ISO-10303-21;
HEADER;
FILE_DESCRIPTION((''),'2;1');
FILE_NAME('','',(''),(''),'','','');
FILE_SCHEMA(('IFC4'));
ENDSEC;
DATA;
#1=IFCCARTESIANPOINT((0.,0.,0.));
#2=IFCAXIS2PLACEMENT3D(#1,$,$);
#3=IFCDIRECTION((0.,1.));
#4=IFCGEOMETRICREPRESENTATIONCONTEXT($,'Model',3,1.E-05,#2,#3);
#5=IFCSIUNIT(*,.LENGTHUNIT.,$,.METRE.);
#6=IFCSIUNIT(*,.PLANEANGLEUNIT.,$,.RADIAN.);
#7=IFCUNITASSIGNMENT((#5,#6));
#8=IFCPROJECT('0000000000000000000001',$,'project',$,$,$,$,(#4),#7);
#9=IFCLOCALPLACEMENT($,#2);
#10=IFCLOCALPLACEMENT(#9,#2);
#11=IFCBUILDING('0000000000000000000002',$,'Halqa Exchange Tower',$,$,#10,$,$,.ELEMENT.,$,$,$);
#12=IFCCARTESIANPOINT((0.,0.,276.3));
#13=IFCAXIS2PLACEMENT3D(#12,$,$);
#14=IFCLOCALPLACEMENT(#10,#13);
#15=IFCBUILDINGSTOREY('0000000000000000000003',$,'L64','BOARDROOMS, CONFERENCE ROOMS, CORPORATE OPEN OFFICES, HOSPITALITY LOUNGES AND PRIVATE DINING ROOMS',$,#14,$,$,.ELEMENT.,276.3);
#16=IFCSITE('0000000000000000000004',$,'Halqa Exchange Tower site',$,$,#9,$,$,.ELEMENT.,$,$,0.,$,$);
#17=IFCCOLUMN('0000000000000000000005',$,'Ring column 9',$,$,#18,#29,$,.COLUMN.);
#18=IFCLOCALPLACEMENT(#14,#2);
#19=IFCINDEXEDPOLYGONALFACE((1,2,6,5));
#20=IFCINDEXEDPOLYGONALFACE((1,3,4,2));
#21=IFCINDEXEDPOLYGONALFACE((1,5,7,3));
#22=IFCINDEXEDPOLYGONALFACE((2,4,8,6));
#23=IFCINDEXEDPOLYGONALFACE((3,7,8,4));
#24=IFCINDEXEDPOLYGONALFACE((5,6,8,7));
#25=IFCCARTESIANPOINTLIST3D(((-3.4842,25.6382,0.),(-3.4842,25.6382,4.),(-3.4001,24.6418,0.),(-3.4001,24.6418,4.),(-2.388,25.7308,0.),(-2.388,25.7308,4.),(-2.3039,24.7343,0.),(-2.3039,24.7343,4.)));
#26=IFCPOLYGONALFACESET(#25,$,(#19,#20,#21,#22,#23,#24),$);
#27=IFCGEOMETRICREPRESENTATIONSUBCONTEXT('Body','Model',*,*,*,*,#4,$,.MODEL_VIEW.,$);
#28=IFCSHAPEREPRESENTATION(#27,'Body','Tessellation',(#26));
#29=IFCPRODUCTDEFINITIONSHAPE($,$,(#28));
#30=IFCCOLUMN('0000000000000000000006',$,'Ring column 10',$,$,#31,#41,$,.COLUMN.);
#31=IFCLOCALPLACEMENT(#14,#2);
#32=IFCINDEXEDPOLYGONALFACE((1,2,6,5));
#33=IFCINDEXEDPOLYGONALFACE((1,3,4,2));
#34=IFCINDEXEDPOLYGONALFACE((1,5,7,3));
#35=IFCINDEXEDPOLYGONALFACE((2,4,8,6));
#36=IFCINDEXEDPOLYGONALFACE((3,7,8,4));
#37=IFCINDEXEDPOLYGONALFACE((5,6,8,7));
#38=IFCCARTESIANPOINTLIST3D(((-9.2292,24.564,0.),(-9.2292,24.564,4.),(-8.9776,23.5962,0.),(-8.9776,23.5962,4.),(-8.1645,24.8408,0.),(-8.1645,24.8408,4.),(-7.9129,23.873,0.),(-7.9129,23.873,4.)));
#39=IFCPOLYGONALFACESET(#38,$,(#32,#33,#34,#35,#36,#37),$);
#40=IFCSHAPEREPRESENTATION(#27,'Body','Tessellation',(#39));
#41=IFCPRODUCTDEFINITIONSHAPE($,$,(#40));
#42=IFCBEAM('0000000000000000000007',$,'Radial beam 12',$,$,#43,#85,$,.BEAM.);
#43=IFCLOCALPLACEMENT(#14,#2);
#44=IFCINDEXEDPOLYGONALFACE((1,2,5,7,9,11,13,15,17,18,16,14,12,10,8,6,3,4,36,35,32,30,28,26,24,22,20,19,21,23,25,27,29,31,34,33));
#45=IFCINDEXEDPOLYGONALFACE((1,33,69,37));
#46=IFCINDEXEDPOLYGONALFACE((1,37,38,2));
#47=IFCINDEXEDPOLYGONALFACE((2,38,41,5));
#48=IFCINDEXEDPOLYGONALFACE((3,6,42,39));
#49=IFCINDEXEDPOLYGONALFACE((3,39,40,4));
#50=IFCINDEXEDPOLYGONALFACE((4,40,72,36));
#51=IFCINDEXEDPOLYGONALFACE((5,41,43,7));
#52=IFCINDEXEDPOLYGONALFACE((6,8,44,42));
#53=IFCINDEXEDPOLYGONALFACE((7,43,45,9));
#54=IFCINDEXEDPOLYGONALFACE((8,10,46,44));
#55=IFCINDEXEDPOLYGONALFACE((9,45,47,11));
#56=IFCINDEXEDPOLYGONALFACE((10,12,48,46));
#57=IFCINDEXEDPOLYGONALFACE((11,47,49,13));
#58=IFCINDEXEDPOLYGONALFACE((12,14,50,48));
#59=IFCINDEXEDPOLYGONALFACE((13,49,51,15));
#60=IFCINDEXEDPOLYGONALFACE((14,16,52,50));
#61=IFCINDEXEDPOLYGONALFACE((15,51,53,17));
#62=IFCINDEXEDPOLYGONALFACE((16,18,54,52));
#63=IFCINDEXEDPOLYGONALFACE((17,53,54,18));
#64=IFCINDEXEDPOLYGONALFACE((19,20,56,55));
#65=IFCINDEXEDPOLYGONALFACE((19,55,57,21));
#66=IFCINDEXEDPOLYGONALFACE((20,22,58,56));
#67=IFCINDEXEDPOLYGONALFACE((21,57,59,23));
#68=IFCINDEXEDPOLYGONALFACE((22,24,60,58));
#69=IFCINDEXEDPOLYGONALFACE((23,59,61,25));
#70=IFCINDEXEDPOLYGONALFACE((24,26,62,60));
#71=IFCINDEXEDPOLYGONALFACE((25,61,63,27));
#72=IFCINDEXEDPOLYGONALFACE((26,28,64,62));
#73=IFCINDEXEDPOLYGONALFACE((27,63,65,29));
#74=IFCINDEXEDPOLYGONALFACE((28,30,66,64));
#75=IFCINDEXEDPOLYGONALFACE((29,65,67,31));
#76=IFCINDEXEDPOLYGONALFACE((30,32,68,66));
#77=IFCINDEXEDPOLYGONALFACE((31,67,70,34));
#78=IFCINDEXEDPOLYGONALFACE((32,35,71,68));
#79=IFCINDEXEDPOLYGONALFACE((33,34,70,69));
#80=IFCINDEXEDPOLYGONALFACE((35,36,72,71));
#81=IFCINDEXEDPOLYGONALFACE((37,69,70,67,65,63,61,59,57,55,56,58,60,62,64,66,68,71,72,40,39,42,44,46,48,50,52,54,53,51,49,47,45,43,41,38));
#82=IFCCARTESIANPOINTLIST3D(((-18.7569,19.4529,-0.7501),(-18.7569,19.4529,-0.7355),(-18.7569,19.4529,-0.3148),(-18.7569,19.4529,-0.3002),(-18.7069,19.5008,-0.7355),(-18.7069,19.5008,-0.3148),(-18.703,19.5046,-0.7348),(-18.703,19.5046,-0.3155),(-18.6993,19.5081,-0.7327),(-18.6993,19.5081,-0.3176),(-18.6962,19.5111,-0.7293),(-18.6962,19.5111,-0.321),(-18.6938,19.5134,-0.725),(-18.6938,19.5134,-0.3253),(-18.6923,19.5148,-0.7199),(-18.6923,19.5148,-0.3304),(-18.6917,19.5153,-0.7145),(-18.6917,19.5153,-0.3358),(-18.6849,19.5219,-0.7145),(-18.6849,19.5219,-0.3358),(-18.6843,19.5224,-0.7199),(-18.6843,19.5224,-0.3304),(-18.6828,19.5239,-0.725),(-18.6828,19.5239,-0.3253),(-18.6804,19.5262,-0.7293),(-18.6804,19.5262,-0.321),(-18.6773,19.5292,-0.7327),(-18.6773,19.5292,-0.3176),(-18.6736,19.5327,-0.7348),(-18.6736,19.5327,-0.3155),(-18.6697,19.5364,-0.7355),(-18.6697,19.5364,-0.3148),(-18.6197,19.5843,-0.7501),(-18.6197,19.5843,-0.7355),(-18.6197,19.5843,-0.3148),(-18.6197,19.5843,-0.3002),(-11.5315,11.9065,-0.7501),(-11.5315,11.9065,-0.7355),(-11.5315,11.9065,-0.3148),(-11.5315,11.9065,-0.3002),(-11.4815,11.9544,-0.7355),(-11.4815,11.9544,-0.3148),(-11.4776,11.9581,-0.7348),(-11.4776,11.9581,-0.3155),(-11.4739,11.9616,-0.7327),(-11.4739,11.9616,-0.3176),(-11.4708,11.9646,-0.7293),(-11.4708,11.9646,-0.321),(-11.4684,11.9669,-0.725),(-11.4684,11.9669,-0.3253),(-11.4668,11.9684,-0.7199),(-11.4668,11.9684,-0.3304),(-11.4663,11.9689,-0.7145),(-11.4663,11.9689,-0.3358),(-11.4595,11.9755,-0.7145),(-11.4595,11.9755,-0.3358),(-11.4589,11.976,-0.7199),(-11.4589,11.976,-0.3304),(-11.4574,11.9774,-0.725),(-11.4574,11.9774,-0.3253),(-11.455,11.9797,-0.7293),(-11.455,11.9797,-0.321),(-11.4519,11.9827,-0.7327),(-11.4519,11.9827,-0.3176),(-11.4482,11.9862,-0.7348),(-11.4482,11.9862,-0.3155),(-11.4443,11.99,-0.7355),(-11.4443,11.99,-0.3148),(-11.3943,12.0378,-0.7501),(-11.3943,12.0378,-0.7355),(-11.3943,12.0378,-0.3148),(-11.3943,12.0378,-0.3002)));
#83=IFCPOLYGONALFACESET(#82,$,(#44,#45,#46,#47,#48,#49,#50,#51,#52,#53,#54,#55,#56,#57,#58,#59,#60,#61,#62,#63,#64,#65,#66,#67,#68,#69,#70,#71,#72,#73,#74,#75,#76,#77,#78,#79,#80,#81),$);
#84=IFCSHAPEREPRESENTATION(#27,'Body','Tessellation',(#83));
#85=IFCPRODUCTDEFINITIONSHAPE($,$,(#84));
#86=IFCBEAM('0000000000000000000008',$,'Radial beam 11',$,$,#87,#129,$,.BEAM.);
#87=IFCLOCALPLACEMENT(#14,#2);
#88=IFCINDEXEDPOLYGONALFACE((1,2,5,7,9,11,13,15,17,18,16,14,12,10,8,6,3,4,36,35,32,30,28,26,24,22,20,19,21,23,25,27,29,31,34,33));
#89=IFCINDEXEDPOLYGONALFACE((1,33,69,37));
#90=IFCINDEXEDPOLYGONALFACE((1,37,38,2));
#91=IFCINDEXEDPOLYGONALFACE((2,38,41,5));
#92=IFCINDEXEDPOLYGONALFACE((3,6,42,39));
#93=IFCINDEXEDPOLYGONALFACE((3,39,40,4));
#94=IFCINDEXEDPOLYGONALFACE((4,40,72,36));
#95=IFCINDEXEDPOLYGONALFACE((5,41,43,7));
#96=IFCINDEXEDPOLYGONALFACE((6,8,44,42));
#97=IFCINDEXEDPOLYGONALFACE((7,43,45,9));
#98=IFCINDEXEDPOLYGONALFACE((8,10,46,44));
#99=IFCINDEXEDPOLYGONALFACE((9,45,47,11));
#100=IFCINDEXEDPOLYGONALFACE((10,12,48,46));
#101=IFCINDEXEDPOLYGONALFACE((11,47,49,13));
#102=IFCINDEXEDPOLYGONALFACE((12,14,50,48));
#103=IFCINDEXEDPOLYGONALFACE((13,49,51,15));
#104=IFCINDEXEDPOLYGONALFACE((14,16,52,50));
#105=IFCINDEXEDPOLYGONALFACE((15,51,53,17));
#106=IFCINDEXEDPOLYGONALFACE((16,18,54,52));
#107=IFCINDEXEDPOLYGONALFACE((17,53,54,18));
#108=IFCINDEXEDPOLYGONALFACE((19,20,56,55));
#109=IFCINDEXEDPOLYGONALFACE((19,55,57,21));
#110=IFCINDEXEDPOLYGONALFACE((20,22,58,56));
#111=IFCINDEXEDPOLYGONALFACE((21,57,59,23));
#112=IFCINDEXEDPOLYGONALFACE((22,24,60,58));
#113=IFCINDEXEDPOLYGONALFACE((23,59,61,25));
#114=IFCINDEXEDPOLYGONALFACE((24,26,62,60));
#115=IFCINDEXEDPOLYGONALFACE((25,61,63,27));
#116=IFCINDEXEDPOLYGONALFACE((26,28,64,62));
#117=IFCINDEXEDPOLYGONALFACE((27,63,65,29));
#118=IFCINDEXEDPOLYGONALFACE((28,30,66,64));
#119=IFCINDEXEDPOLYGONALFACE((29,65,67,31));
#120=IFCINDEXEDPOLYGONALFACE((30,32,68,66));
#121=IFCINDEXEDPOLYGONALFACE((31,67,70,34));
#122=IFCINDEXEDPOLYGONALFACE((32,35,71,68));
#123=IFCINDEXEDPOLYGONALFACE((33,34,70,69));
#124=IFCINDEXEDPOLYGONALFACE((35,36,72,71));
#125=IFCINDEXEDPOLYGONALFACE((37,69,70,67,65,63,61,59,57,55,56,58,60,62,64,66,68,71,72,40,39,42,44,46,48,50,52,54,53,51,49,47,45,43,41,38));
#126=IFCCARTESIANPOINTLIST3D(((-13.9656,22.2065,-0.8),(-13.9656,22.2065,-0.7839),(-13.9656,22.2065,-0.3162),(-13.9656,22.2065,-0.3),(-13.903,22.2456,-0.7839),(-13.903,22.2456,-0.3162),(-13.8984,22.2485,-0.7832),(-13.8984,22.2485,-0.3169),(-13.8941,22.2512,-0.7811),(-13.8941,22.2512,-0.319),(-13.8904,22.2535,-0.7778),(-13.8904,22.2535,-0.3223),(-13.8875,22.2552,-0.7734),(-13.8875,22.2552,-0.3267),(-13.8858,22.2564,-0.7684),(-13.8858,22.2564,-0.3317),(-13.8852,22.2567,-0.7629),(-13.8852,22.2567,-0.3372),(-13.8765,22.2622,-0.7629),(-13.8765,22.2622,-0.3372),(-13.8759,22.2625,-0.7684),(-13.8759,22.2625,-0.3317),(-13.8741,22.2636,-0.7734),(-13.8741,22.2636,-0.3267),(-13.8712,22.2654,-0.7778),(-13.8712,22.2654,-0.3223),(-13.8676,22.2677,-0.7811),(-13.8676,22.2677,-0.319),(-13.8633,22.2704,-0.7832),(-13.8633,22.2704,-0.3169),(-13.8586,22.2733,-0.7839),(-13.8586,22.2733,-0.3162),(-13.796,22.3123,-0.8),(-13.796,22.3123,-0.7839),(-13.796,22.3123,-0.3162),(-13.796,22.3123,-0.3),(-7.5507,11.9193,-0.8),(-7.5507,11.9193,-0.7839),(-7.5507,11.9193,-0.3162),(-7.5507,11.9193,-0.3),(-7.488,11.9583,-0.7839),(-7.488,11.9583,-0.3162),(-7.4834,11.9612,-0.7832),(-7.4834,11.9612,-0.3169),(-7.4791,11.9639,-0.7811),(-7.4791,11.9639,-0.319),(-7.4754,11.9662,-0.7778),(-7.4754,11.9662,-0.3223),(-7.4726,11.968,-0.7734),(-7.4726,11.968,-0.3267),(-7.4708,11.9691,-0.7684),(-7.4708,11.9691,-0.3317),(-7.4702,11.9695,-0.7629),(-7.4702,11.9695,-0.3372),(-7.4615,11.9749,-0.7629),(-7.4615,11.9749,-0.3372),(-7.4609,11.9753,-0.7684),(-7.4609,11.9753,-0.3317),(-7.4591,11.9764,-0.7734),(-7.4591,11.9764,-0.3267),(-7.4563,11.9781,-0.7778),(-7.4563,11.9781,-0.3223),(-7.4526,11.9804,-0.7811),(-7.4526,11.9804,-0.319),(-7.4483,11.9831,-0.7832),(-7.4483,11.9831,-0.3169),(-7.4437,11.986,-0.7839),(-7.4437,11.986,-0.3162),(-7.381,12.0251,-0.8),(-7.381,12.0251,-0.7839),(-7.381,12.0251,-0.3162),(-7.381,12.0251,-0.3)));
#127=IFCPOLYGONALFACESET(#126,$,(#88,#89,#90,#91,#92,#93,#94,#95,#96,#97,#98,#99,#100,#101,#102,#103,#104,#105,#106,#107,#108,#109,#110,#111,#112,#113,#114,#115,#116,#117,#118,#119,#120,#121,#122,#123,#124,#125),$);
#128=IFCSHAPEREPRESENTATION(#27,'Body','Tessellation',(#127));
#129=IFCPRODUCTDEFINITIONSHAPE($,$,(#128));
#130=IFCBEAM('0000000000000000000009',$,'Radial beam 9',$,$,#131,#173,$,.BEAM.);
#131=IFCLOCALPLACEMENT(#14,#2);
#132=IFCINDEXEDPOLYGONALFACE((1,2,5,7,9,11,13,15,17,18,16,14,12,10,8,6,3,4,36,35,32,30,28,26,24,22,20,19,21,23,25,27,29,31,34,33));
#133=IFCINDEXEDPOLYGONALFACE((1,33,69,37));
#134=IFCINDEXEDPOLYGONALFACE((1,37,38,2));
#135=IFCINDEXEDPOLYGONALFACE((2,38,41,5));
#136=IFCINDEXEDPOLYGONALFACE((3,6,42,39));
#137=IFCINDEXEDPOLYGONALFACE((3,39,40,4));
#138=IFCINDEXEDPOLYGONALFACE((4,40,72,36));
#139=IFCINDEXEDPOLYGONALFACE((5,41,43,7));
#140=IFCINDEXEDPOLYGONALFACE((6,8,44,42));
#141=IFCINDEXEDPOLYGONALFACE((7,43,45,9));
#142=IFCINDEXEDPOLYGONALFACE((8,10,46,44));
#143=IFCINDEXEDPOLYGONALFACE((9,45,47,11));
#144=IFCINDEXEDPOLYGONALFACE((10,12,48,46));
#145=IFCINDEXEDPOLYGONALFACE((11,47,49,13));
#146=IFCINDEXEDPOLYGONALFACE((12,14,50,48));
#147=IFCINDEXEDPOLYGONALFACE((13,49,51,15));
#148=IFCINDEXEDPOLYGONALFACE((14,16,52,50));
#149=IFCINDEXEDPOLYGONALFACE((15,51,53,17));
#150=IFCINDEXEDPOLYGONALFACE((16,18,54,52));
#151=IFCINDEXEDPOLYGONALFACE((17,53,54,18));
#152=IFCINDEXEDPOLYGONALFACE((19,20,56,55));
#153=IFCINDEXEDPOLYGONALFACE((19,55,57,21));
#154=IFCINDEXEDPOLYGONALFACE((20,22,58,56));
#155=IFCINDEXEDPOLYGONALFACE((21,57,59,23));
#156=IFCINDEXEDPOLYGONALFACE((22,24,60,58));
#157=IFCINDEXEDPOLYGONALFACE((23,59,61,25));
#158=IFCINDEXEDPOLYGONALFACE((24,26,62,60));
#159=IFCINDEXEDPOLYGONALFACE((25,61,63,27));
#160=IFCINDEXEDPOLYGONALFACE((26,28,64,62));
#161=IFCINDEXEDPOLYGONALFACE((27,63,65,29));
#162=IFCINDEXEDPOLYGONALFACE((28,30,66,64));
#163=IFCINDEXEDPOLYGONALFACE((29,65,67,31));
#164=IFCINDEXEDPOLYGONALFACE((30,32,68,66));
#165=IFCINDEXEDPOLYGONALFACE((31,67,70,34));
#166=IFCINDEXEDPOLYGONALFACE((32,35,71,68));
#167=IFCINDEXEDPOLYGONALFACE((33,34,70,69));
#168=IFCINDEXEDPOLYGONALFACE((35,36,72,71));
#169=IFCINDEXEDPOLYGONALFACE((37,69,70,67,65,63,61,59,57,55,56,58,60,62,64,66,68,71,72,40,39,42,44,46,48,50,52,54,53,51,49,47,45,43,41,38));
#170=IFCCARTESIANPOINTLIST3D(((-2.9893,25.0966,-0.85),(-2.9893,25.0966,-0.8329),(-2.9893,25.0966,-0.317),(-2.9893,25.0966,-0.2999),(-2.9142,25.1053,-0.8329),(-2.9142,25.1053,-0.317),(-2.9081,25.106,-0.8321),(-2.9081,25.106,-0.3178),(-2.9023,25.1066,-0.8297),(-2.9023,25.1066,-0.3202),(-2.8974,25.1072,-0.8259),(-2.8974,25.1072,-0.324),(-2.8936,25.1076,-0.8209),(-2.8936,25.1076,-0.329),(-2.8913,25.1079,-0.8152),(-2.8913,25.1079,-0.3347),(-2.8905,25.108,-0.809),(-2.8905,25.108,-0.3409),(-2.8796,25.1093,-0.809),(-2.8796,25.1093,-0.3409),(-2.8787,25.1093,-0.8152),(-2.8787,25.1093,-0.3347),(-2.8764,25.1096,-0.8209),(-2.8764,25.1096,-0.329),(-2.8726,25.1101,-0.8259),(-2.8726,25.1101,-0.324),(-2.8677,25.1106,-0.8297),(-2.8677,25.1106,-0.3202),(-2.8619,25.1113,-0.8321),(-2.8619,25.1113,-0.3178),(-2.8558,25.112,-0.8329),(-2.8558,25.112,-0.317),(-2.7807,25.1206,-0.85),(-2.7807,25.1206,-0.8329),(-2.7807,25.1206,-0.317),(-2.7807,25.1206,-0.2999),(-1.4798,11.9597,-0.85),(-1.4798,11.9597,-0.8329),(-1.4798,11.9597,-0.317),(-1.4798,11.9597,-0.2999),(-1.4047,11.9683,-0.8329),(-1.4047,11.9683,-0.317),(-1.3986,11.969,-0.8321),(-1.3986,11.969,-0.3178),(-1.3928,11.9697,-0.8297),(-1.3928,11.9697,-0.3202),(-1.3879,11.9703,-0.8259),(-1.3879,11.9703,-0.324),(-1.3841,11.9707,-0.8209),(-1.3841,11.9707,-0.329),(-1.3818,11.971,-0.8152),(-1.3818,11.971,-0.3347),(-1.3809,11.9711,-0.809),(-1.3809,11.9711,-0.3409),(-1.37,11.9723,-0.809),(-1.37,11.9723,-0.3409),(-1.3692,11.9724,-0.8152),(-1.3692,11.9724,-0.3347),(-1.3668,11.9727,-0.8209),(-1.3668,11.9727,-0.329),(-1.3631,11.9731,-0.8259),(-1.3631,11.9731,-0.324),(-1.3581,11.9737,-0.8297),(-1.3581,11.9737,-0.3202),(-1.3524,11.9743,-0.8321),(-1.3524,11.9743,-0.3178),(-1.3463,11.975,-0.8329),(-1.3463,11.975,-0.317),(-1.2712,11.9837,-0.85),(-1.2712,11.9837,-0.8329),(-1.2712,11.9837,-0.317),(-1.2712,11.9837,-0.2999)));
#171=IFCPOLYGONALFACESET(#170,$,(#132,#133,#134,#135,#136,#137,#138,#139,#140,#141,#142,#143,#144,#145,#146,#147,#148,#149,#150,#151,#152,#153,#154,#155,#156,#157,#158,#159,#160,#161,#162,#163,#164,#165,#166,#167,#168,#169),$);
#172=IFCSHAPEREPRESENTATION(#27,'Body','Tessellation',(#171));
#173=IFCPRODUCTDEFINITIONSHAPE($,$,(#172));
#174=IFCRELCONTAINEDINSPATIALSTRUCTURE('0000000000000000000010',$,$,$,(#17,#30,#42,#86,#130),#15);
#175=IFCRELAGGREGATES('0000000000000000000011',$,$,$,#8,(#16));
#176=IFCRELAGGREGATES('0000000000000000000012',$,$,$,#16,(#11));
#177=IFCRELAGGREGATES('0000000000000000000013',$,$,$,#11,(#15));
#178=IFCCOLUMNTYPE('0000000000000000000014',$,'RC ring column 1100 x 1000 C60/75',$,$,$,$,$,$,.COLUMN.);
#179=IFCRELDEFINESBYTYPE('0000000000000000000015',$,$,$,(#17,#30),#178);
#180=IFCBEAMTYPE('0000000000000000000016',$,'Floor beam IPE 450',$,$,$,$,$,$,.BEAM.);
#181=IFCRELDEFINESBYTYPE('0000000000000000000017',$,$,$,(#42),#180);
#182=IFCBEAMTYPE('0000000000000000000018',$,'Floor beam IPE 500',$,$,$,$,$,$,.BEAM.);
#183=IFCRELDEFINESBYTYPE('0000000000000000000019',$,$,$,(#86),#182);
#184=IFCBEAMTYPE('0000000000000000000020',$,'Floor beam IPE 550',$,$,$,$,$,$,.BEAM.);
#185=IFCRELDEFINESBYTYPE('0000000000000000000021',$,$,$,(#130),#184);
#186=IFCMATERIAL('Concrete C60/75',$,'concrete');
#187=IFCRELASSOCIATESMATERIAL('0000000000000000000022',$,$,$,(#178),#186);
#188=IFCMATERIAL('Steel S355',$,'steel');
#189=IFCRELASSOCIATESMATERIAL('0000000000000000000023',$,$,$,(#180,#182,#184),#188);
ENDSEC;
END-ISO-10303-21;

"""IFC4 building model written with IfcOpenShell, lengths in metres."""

from ifc_helpers import new_model, si_unit, direction, frame, origin, origin_2d, place, context, subcontext, project, spatial, rectangle, i_section, extrude, material, material_profile, profile_set, type_object, element, save


model = new_model("IFC4")

# Units and contexts
model_context = context("Model", 3, precision=1e-05, world=origin(), true_north=direction((0.0, 1.0)))
body_context = subcontext(model_context, "Body", "Model", "MODEL_VIEW")
ifc_project = project(units=[si_unit("LENGTHUNIT", "METRE"), si_unit("PLANEANGLEUNIT", "RADIAN")], contexts=[model_context])

# Site, building, storey
site_placement = place(None, origin())
site = spatial("IfcSite", under=ifc_project, at=site_placement, Name="Halqa Exchange Tower site", CompositionType="ELEMENT", RefElevation=0.0)
building_placement = place(site_placement, origin())
building = spatial("IfcBuilding", under=site, at=building_placement, Name="Halqa Exchange Tower", CompositionType="ELEMENT")
storey_placement = place(building_placement, frame((0.0, 0.0, 276.3)))
storey = spatial("IfcBuildingStorey", under=building, at=storey_placement, Name="L64", Description="BOARDROOMS, CONFERENCE ROOMS, CORPORATE OPEN OFFICES, HOSPITALITY LOUNGES AND PRIVATE DINING ROOMS", CompositionType="ELEMENT", Elevation=276.3)

# Columns
ifc_material_1 = material(Name="Concrete C60/75", Category="concrete")
ifc_material_profile_1 = material_profile(ifc_material_1, rectangle(XDim=1.1001, YDim=1.0, at=origin_2d()), Name="1100 x 1000")
ifc_profile_set_1 = profile_set([ifc_material_profile_1], Name="Concrete C60/75")
column_type = type_object("IfcColumnType", Name="RC ring column 1100 x 1000 C60/75", PredefinedType="COLUMN", material=ifc_profile_set_1)
for number, where, z_axis, x_axis, name in (
    (1, (-2.894, 25.1863, 0.0), (0.0, 0.0, 1.0), (-0.996456, -0.084121, 0.0), "Ring column 9"),
    (2, (-8.571, 24.2185, 0.0), (0.0, 0.0, 1.0), (-0.96782, -0.251644, 0.0), "Ring column 10"),
):
    element("IfcColumn", number, at=place(storey_placement, frame(where, z_axis=z_axis, x_axis=x_axis)), inside=storey, type_object=column_type, Name=name, PredefinedType="COLUMN", context=body_context, shape_type="SweptSolid", body=[
        extrude(rectangle(XDim=1.1001, YDim=1.0, at=origin_2d()), origin(), (0.0, 0.0, 1.0), 4.0),
    ])

# Beams
ifc_material_2 = material(Name="Steel S355", Category="steel")
ifc_material_profile_2 = material_profile(ifc_material_2, i_section(OverallWidth=0.1899, OverallDepth=0.45, WebThickness=0.0095, FlangeThickness=0.0146, FilletRadius=0.021, at=origin_2d()), Name="IPE 450")
ifc_profile_set_2 = profile_set([ifc_material_profile_2], Name="Steel S355")
beam_type_1 = type_object("IfcBeamType", Name="Floor beam IPE 450", PredefinedType="BEAM", material=ifc_profile_set_2)
beam_1_placement = place(storey_placement, frame((-11.4629, 11.9722, -0.5251), z_axis=(-0.691575, 0.722304, 0.0), x_axis=(-0.722304, -0.691575, 0.0)))
element("IfcBeam", 3, at=beam_1_placement, inside=storey, type_object=beam_type_1, Name="Radial beam 12", PredefinedType="BEAM", context=body_context, shape_type="SweptSolid", body=[
    extrude(i_section(OverallWidth=0.1899, OverallDepth=0.45, WebThickness=0.0095, FlangeThickness=0.0146, FilletRadius=0.021, at=origin_2d()), origin(), (0.0, 0.0, 1.0), 10.4478),
])
ifc_material_profile_3 = material_profile(ifc_material_2, i_section(OverallWidth=0.2, OverallDepth=0.5, WebThickness=0.0103, FlangeThickness=0.0161, FilletRadius=0.021, at=origin_2d()), Name="IPE 500")
ifc_profile_set_3 = profile_set([ifc_material_profile_3], Name="Steel S355")
beam_type_2 = type_object("IfcBeamType", Name="Floor beam IPE 500", PredefinedType="BEAM", material=ifc_profile_set_3)
beam_2_placement = place(storey_placement, frame((-7.4658, 11.9722, -0.55), z_axis=(-0.529135, 0.848538, 0.0), x_axis=(-0.848538, -0.529135, 0.0)))
element("IfcBeam", 4, at=beam_2_placement, inside=storey, type_object=beam_type_2, Name="Radial beam 11", PredefinedType="BEAM", context=body_context, shape_type="SweptSolid", body=[
    extrude(i_section(OverallWidth=0.2, OverallDepth=0.5, WebThickness=0.0103, FlangeThickness=0.0161, FilletRadius=0.021, at=origin_2d()), origin(), (0.0, 0.0, 1.0), 12.1235),
])
ifc_material_profile_4 = material_profile(ifc_material_2, i_section(OverallWidth=0.21, OverallDepth=0.55, WebThickness=0.011, FlangeThickness=0.0171, FilletRadius=0.0239, at=origin_2d()), Name="IPE 550")
ifc_profile_set_4 = profile_set([ifc_material_profile_4], Name="Steel S355")
beam_type_3 = type_object("IfcBeamType", Name="Floor beam IPE 550", PredefinedType="BEAM", material=ifc_profile_set_4)
beam_3_placement = place(storey_placement, frame((-1.3755, 11.9717, -0.575), z_axis=(-0.114155, 0.993463, 0.0), x_axis=(-0.993463, -0.114155, 0.0)))
element("IfcBeam", 5, at=beam_3_placement, inside=storey, type_object=beam_type_3, Name="Radial beam 9", PredefinedType="BEAM", context=body_context, shape_type="SweptSolid", body=[
    extrude(i_section(OverallWidth=0.21, OverallDepth=0.55, WebThickness=0.011, FlangeThickness=0.0171, FilletRadius=0.0239, at=origin_2d()), origin(), (0.0, 0.0, 1.0), 13.2234),
])

save(model, "model.ifc")
